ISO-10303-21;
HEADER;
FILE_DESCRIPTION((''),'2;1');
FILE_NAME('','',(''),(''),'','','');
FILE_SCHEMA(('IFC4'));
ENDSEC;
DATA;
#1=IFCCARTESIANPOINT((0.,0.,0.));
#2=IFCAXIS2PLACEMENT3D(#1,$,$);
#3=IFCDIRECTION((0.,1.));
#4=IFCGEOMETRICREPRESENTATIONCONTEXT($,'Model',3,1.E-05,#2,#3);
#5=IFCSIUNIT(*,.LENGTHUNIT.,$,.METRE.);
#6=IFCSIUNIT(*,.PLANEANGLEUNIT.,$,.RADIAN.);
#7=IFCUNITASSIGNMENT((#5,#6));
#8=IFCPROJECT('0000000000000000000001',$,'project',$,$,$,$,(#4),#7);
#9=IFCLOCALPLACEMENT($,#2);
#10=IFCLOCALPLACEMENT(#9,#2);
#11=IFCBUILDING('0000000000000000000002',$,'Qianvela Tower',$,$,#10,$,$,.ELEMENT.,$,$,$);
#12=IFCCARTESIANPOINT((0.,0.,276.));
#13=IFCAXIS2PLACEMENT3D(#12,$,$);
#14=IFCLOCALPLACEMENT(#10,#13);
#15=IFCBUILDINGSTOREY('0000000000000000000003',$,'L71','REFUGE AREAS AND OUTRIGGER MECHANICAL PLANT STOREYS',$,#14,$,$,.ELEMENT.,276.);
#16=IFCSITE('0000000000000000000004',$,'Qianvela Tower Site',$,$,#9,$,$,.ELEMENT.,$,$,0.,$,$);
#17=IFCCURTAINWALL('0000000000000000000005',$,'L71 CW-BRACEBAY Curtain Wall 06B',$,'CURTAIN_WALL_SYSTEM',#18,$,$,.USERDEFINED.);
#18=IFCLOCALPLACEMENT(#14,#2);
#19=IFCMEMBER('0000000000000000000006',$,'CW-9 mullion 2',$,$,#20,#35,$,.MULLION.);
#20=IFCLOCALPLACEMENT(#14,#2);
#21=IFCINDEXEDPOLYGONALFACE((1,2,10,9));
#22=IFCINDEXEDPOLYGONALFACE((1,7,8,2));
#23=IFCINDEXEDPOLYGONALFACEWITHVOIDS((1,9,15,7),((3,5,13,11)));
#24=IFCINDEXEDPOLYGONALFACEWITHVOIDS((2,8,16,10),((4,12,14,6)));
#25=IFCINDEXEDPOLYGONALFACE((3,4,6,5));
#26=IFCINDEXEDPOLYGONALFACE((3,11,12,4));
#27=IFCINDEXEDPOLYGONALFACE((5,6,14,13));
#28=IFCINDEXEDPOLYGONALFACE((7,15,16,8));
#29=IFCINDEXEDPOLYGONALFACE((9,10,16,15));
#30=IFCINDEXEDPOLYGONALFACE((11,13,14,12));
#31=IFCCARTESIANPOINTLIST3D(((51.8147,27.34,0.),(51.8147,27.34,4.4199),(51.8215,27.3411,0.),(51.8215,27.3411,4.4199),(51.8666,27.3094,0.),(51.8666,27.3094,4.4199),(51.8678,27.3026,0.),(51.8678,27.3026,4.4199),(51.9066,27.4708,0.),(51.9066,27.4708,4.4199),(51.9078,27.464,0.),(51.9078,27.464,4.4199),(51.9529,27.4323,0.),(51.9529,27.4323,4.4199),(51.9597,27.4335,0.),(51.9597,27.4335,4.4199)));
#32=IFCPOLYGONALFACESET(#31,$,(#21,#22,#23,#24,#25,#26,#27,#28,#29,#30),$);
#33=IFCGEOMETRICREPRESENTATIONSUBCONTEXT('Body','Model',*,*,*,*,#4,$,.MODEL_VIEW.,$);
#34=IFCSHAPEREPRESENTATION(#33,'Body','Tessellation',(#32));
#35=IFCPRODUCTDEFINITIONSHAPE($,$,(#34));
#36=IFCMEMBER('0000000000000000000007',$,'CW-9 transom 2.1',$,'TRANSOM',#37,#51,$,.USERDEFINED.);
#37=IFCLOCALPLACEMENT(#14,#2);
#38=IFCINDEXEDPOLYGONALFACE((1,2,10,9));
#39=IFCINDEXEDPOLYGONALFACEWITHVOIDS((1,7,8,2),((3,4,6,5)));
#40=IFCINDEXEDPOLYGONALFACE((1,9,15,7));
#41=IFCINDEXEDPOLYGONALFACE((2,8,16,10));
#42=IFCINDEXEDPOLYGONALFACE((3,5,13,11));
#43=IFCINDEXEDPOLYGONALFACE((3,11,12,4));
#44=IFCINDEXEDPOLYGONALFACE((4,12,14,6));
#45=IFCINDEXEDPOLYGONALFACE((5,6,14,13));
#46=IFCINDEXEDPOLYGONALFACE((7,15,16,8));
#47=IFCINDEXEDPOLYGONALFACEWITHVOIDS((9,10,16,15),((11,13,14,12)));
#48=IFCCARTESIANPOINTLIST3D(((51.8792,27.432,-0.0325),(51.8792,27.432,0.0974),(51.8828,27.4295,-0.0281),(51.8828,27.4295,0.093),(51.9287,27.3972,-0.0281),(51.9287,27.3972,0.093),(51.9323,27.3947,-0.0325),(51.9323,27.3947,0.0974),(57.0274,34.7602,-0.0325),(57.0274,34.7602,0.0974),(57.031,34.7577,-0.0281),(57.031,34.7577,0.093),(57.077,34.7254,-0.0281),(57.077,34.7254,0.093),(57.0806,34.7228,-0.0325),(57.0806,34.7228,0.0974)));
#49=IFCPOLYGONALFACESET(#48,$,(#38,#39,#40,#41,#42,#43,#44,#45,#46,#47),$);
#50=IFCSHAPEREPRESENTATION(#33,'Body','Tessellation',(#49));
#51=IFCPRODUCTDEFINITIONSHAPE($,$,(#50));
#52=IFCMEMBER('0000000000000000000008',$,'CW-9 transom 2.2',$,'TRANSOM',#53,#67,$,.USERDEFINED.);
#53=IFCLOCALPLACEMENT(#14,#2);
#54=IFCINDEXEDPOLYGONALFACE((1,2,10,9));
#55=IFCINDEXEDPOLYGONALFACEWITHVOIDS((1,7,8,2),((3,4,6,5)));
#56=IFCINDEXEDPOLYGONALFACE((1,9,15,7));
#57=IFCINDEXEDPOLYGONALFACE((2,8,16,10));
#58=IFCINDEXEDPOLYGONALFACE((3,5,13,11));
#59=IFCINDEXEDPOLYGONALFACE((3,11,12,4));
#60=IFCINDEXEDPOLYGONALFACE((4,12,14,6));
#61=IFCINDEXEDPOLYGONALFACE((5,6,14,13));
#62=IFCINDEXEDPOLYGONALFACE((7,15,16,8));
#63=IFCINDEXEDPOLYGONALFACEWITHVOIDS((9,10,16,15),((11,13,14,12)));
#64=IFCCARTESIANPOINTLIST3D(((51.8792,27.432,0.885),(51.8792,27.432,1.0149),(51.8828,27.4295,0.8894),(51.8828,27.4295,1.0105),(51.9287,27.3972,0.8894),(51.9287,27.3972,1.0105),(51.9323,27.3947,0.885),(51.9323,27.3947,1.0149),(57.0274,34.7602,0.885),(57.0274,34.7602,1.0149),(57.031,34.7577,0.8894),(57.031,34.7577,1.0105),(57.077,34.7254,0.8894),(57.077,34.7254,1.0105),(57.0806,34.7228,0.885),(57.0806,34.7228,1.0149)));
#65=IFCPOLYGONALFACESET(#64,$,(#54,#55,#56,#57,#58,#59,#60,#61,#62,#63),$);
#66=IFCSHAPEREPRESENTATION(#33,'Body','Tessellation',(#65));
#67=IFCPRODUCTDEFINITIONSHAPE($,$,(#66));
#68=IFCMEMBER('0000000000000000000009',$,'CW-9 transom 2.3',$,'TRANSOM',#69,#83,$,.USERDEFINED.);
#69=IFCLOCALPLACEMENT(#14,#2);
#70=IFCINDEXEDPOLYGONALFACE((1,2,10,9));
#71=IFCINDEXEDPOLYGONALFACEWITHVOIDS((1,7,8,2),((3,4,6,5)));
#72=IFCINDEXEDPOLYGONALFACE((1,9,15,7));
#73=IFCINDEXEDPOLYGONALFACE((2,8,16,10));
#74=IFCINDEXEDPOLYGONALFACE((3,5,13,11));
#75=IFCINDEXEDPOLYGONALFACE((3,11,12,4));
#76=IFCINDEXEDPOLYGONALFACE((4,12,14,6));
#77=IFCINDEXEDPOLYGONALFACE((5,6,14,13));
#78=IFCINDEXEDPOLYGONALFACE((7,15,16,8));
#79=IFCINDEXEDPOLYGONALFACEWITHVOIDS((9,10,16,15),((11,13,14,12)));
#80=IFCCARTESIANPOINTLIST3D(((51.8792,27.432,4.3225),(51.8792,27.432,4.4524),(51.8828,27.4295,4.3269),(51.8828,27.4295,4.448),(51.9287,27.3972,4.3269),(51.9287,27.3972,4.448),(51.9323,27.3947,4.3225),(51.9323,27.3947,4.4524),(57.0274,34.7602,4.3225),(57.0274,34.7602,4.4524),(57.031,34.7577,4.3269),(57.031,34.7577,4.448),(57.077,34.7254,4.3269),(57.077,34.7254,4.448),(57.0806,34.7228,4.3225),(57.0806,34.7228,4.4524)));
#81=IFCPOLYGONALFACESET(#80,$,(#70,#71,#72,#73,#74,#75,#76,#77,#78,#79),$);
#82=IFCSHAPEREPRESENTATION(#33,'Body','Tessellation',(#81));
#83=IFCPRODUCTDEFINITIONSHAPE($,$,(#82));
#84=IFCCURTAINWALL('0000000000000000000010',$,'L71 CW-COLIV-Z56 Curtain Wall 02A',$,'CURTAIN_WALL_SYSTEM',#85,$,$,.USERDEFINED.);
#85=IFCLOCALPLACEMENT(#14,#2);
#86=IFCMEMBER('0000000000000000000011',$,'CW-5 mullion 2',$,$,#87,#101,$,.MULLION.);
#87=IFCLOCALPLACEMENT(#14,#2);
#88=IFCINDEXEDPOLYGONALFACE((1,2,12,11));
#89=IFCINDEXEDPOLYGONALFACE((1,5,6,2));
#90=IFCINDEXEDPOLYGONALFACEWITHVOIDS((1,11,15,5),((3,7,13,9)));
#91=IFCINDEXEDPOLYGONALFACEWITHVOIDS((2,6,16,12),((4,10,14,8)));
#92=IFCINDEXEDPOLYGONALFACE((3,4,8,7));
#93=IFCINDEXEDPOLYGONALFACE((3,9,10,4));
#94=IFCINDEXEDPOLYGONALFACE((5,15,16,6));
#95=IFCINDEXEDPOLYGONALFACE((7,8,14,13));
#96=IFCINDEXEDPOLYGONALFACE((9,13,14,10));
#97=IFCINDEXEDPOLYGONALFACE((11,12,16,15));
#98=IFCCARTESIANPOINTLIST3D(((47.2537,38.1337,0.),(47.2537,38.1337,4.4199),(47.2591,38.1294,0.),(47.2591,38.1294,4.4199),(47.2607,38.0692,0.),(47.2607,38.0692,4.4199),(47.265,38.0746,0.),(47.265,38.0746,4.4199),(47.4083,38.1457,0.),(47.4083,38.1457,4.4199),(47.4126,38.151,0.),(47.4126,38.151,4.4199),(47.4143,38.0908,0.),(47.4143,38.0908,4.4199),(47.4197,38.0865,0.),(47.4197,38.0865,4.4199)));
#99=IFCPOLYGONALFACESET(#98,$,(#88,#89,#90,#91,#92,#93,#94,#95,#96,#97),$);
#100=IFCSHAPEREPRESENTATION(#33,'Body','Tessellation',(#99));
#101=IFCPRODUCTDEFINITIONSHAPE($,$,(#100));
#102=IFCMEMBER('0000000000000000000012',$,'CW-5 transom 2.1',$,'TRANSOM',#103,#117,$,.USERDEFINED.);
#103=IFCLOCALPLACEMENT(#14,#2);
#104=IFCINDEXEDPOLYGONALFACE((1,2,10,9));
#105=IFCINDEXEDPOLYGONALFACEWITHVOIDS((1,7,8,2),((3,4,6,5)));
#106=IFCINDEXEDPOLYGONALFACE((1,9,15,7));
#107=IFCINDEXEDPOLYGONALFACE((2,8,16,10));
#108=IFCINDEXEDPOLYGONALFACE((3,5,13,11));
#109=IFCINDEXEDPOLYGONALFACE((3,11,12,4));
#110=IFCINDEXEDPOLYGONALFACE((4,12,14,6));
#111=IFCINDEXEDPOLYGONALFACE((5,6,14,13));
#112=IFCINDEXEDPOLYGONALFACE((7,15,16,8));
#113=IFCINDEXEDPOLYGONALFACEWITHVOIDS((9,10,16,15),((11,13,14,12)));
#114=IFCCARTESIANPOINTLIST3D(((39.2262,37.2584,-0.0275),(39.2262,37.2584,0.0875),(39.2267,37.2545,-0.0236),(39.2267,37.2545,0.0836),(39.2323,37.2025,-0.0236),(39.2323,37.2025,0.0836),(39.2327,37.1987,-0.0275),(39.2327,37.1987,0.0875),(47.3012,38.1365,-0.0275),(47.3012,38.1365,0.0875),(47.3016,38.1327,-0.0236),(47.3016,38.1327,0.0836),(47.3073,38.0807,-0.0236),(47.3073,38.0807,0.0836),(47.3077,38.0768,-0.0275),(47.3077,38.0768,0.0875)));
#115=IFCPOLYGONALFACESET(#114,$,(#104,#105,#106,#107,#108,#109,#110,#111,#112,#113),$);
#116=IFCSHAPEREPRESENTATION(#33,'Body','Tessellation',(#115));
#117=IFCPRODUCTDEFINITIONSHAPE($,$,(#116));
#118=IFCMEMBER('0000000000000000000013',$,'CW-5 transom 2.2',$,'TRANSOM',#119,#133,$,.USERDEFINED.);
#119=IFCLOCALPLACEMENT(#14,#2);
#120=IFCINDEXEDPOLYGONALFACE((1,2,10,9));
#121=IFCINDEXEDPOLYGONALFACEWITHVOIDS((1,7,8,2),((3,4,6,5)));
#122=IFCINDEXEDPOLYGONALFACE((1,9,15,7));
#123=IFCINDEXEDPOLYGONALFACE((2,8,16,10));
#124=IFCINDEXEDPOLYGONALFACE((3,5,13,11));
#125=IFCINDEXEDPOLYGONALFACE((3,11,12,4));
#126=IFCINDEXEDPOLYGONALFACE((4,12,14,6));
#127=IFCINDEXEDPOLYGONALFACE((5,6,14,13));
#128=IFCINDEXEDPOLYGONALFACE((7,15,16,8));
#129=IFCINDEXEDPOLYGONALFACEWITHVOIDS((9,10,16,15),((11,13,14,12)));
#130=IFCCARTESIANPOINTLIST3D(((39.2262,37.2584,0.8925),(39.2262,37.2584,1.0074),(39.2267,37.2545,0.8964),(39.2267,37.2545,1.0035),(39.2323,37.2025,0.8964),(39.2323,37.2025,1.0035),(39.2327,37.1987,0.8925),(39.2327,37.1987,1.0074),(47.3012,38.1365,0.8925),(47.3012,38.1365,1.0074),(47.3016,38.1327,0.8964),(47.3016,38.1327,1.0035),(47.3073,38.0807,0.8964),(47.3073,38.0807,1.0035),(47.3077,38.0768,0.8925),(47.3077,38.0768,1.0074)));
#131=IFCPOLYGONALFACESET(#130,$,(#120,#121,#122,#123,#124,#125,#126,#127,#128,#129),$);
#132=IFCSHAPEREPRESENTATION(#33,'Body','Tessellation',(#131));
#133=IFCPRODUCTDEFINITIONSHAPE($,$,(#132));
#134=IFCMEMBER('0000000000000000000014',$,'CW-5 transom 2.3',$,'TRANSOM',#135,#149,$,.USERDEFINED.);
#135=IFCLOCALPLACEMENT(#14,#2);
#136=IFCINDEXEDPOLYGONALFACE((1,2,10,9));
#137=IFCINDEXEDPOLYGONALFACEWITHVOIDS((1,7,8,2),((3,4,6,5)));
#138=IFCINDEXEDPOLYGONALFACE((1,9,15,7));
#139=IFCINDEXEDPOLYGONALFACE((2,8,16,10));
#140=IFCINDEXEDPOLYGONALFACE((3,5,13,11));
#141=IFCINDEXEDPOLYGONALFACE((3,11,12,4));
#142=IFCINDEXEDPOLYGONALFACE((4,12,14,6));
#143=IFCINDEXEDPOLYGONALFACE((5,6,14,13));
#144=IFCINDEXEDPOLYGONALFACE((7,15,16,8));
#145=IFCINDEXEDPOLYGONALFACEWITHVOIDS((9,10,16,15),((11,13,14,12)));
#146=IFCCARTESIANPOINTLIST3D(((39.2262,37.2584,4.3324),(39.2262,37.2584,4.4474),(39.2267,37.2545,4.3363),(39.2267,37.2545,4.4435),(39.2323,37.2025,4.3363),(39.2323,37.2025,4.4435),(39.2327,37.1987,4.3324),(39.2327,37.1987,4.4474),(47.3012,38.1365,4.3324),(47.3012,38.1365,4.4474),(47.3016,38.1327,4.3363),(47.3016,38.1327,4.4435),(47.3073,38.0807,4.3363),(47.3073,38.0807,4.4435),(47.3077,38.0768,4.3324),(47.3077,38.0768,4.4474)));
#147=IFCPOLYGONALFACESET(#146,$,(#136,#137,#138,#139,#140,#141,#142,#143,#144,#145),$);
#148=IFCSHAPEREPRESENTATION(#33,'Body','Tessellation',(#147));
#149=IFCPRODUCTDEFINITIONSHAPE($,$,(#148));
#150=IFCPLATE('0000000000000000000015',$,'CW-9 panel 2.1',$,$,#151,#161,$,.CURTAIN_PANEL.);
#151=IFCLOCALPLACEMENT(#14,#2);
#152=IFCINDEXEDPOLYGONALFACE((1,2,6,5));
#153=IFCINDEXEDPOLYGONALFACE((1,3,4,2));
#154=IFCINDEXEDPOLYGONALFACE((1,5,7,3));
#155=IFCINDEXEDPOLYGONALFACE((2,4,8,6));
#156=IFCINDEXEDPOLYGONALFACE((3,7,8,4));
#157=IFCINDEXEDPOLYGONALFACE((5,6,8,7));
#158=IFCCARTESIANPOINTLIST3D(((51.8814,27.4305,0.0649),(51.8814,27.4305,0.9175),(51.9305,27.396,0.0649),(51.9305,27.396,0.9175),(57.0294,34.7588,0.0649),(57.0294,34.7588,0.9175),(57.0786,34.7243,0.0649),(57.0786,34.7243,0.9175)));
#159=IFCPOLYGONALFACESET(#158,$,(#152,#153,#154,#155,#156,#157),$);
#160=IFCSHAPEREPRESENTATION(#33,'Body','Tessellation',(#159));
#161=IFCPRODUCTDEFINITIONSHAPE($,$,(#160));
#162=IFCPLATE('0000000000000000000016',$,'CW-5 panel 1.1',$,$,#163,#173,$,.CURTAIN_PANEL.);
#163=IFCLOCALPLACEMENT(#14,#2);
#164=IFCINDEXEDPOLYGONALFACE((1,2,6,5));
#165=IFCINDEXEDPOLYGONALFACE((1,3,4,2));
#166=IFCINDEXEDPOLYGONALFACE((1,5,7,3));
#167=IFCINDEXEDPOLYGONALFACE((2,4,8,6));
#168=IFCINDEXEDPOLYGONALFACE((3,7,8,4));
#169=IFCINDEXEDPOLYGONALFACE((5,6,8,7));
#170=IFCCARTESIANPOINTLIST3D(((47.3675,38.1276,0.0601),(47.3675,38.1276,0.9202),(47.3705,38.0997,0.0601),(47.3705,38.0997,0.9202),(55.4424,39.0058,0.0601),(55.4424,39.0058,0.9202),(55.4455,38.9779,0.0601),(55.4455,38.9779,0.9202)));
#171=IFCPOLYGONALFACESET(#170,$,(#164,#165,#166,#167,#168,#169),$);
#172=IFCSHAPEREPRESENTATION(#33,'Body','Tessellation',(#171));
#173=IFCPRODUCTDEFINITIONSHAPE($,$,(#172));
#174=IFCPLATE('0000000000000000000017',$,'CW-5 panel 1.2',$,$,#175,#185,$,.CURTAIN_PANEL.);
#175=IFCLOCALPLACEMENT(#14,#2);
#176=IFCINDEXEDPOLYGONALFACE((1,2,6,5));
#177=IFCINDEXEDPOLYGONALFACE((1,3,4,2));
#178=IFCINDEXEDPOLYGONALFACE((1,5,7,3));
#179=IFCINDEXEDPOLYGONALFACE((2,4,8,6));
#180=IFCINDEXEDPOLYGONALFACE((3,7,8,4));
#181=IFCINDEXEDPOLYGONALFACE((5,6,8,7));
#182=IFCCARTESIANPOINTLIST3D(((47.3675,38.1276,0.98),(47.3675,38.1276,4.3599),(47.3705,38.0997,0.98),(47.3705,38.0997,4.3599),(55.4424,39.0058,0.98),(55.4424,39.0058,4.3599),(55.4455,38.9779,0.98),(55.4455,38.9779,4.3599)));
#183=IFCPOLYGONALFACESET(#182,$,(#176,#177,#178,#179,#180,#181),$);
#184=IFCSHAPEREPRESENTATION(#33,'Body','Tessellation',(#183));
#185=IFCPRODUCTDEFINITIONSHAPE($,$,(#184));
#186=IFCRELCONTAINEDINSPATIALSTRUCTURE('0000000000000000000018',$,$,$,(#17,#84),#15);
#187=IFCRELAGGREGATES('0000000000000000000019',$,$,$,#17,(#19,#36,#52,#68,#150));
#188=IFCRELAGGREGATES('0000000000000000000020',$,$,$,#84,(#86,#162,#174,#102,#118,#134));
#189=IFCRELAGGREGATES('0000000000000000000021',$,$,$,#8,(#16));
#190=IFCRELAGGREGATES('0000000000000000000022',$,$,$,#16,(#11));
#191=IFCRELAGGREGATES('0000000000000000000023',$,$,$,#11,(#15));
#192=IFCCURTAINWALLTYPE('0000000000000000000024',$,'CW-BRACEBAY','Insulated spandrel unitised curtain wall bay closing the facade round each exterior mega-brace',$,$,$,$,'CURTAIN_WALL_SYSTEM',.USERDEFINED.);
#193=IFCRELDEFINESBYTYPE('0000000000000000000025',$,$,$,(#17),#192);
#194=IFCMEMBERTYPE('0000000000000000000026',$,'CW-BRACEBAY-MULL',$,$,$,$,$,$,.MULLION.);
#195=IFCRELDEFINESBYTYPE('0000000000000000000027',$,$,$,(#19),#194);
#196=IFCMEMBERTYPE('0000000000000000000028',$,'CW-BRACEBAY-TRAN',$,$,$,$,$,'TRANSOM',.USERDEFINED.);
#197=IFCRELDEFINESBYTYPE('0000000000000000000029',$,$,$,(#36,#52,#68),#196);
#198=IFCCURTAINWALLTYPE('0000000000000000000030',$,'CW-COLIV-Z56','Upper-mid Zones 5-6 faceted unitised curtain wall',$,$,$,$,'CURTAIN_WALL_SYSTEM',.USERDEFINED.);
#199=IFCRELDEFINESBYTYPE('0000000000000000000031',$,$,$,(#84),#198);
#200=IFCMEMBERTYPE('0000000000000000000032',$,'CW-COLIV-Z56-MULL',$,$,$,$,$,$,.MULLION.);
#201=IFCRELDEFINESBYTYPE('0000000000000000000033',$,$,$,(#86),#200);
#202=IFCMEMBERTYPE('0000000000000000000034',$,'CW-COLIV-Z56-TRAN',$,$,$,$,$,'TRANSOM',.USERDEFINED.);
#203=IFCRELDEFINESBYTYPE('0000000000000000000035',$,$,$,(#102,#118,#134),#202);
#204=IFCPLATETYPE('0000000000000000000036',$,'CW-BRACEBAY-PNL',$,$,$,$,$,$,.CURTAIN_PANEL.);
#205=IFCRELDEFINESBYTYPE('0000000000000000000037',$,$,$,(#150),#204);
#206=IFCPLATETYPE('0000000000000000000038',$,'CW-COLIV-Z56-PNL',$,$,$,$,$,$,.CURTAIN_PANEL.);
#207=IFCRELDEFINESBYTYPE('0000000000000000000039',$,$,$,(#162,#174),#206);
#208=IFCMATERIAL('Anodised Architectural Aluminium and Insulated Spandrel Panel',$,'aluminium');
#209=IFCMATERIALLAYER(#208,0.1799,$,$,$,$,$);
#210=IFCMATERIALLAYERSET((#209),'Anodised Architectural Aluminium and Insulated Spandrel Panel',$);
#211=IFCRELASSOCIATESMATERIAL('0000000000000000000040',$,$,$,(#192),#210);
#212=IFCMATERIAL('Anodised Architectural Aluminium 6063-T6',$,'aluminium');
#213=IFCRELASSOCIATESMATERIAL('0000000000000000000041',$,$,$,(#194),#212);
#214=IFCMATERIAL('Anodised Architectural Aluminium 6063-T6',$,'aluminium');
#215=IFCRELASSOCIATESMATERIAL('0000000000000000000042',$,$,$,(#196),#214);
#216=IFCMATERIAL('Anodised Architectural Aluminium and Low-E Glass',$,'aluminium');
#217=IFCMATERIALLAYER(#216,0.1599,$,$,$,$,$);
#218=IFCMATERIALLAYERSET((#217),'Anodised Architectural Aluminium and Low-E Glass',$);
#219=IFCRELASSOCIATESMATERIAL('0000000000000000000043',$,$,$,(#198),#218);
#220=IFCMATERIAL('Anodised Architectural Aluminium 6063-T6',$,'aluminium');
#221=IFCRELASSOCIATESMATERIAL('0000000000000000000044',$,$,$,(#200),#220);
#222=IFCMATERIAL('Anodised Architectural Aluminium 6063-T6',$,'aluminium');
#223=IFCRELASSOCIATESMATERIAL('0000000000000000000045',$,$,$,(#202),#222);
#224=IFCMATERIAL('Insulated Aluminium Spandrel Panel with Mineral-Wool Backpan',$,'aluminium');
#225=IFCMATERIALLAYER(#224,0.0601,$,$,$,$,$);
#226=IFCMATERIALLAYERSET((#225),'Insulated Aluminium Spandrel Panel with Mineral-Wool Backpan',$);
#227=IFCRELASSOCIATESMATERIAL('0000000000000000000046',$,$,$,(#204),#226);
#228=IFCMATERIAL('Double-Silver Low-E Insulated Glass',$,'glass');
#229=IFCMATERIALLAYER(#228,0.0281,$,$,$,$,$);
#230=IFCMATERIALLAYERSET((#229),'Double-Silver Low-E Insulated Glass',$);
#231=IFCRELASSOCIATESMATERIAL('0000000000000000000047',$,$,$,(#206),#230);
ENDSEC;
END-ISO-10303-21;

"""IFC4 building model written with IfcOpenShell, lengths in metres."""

from ifc_helpers import new_model, si_unit, direction, frame, origin, origin_2d, place, context, subcontext, project, spatial, rectangle, hollow_rectangle, extrude, material, layer, layer_set, material_profile, profile_set, type_object, element, aggregate, save


model = new_model("IFC4")

# Units and contexts
model_context = context("Model", 3, precision=1e-05, world=origin(), true_north=direction((0.0, 1.0)))
body_context = subcontext(model_context, "Body", "Model", "MODEL_VIEW")
ifc_project = project(units=[si_unit("LENGTHUNIT", "METRE"), si_unit("PLANEANGLEUNIT", "RADIAN")], contexts=[model_context])

# Site, building, storey
site_placement = place(None, origin())
site = spatial("IfcSite", under=ifc_project, at=site_placement, Name="Qianvela Tower Site", CompositionType="ELEMENT", RefElevation=0.0)
building_placement = place(site_placement, origin())
building = spatial("IfcBuilding", under=site, at=building_placement, Name="Qianvela Tower", CompositionType="ELEMENT")
storey_placement = place(building_placement, frame((0.0, 0.0, 276.0)))
storey = spatial("IfcBuildingStorey", under=building, at=storey_placement, Name="L71", Description="REFUGE AREAS AND OUTRIGGER MECHANICAL PLANT STOREYS", CompositionType="ELEMENT", Elevation=276.0)

# Curtain walls, members
ifc_material_1 = material(Name="Anodised Architectural Aluminium and Insulated Spandrel Panel", Category="aluminium")
ifc_layer_1 = layer(ifc_material_1, 0.1799)
ifc_layer_set_1 = layer_set([ifc_layer_1], Name="Anodised Architectural Aluminium and Insulated Spandrel Panel")
curtain_wall_type_1 = type_object("IfcCurtainWallType", Name="CW-BRACEBAY", Description="Insulated spandrel unitised curtain wall bay closing the facade round each exterior mega-brace", ElementType="CURTAIN_WALL_SYSTEM", PredefinedType="USERDEFINED", material=ifc_layer_set_1)
curtain_wall_1_placement = place(storey_placement, origin())
curtain_wall_1 = element("IfcCurtainWall", 1, at=curtain_wall_1_placement, inside=storey, type_object=curtain_wall_type_1, Name="L71 CW-BRACEBAY Curtain Wall 06B", ObjectType="CURTAIN_WALL_SYSTEM", PredefinedType="USERDEFINED")
ifc_material_2 = material(Name="Anodised Architectural Aluminium 6063-T6", Category="aluminium")
ifc_material_profile_1 = material_profile(ifc_material_2, hollow_rectangle(XDim=0.0649, YDim=0.1599, WallThickness=0.0049, at=origin_2d()), Name="ALU-MULL-65x160")
ifc_profile_set_1 = profile_set([ifc_material_profile_1], Name="Anodised Architectural Aluminium 6063-T6")
member_type_1 = type_object("IfcMemberType", Name="CW-BRACEBAY-MULL", PredefinedType="MULLION", material=ifc_profile_set_1)
member_1_placement = place(storey_placement, frame((51.8872, 27.3867, 0.0), z_axis=(0.0, 0.0, 1.0), x_axis=(-0.818278, 0.574823, 0.0)))
member_1 = element("IfcMember", 2, at=member_1_placement, type_object=member_type_1, Name="CW-9 mullion 2", PredefinedType="MULLION", context=body_context, shape_type="SweptSolid", body=[
    extrude(hollow_rectangle(XDim=0.0649, YDim=0.1599, WallThickness=0.0049, at=origin_2d()), origin(), (0.0, 0.0, 1.0), 4.4199),
])
ifc_material_3 = material(Name="Anodised Architectural Aluminium 6063-T6", Category="aluminium")
ifc_material_profile_2 = material_profile(ifc_material_3, hollow_rectangle(XDim=0.0649, YDim=0.1299, WallThickness=0.0044, at=origin_2d()), Name="ALU-TRAN-65x130")
ifc_profile_set_2 = profile_set([ifc_material_profile_2], Name="Anodised Architectural Aluminium 6063-T6")
member_type_2 = type_object("IfcMemberType", Name="CW-BRACEBAY-TRAN", ElementType="TRANSOM", PredefinedType="USERDEFINED", material=ifc_profile_set_2)
member_2_placement = place(storey_placement, frame((51.9058, 27.4133, 0.0325), z_axis=(0.574848, 0.81826, 0.0), x_axis=(-0.81826, 0.574848, 0.0)))
member_2 = element("IfcMember", 3, at=member_2_placement, type_object=member_type_2, Name="CW-9 transom 2.1", ObjectType="TRANSOM", PredefinedType="USERDEFINED", context=body_context, shape_type="SweptSolid", body=[
    extrude(hollow_rectangle(XDim=0.0649, YDim=0.1299, WallThickness=0.0044, at=origin_2d()), origin(), (0.0, 0.0, 1.0), 8.9558),
])
member_3_placement = place(storey_placement, frame((51.9058, 27.4133, 0.95), z_axis=(0.574848, 0.81826, 0.0), x_axis=(-0.81826, 0.574848, 0.0)))
member_3 = element("IfcMember", 4, at=member_3_placement, type_object=member_type_2, Name="CW-9 transom 2.2", ObjectType="TRANSOM", PredefinedType="USERDEFINED", context=body_context, shape_type="SweptSolid", body=[
    extrude(hollow_rectangle(XDim=0.0649, YDim=0.1299, WallThickness=0.0044, at=origin_2d()), origin(), (0.0, 0.0, 1.0), 8.9558),
])
member_4_placement = place(storey_placement, frame((51.9058, 27.4133, 4.3875), z_axis=(0.574848, 0.81826, 0.0), x_axis=(-0.81826, 0.574848, 0.0)))
member_4 = element("IfcMember", 5, at=member_4_placement, type_object=member_type_2, Name="CW-9 transom 2.3", ObjectType="TRANSOM", PredefinedType="USERDEFINED", context=body_context, shape_type="SweptSolid", body=[
    extrude(hollow_rectangle(XDim=0.0649, YDim=0.1299, WallThickness=0.0044, at=origin_2d()), origin(), (0.0, 0.0, 1.0), 8.9558),
])
ifc_material_4 = material(Name="Anodised Architectural Aluminium and Low-E Glass", Category="aluminium")
ifc_layer_2 = layer(ifc_material_4, 0.1599)
ifc_layer_set_2 = layer_set([ifc_layer_2], Name="Anodised Architectural Aluminium and Low-E Glass")
curtain_wall_type_2 = type_object("IfcCurtainWallType", Name="CW-COLIV-Z56", Description="Upper-mid Zones 5-6 faceted unitised curtain wall", ElementType="CURTAIN_WALL_SYSTEM", PredefinedType="USERDEFINED", material=ifc_layer_set_2)
curtain_wall_2_placement = place(storey_placement, origin())
curtain_wall_2 = element("IfcCurtainWall", 6, at=curtain_wall_2_placement, inside=storey, type_object=curtain_wall_type_2, Name="L71 CW-COLIV-Z56 Curtain Wall 02A", ObjectType="CURTAIN_WALL_SYSTEM", PredefinedType="USERDEFINED")
ifc_material_5 = material(Name="Anodised Architectural Aluminium 6063-T6", Category="aluminium")
ifc_material_profile_3 = material_profile(ifc_material_5, hollow_rectangle(XDim=0.0649, YDim=0.1599, WallThickness=0.0049, at=origin_2d()), Name="ALU-MULL-65x160")
ifc_profile_set_3 = profile_set([ifc_material_profile_3], Name="Anodised Architectural Aluminium 6063-T6")
member_type_3 = type_object("IfcMemberType", Name="CW-COLIV-Z56-MULL", PredefinedType="MULLION", material=ifc_profile_set_3)
member_5_placement = place(storey_placement, frame((47.3367, 38.1101, 0.0), z_axis=(0.0, 0.0, 1.0), x_axis=(0.108121, -0.994138, 0.0)))
member_5 = element("IfcMember", 7, at=member_5_placement, type_object=member_type_3, Name="CW-5 mullion 2", PredefinedType="MULLION", context=body_context, shape_type="SweptSolid", body=[
    extrude(hollow_rectangle(XDim=0.0649, YDim=0.1599, WallThickness=0.0049, at=origin_2d()), origin(), (0.0, 0.0, 1.0), 4.4199),
])
ifc_material_6 = material(Name="Anodised Architectural Aluminium 6063-T6", Category="aluminium")
ifc_material_profile_4 = material_profile(ifc_material_6, hollow_rectangle(XDim=0.0601, YDim=0.115, WallThickness=0.0039, at=origin_2d()), Name="ALU-TRAN-60x115")
ifc_profile_set_4 = profile_set([ifc_material_profile_4], Name="Anodised Architectural Aluminium 6063-T6")
member_type_4 = type_object("IfcMemberType", Name="CW-COLIV-Z56-TRAN", ElementType="TRANSOM", PredefinedType="USERDEFINED", material=ifc_profile_set_4)
member_6_placement = place(storey_placement, frame((47.3044, 38.1067, 0.03), z_axis=(-0.994138, -0.108115, 0.0), x_axis=(0.108115, -0.994138, 0.0)))
member_6 = element("IfcMember", 8, at=member_6_placement, type_object=member_type_4, Name="CW-5 transom 2.1", ObjectType="TRANSOM", PredefinedType="USERDEFINED", context=body_context, shape_type="SweptSolid", body=[
    extrude(hollow_rectangle(XDim=0.0601, YDim=0.115, WallThickness=0.0039, at=origin_2d()), origin(), (0.0, 0.0, 1.0), 8.1226),
])
member_7_placement = place(storey_placement, frame((47.3044, 38.1067, 0.95), z_axis=(-0.994138, -0.108115, 0.0), x_axis=(0.108115, -0.994138, 0.0)))
member_7 = element("IfcMember", 9, at=member_7_placement, type_object=member_type_4, Name="CW-5 transom 2.2", ObjectType="TRANSOM", PredefinedType="USERDEFINED", context=body_context, shape_type="SweptSolid", body=[
    extrude(hollow_rectangle(XDim=0.0601, YDim=0.115, WallThickness=0.0039, at=origin_2d()), origin(), (0.0, 0.0, 1.0), 8.1226),
])
member_8_placement = place(storey_placement, frame((47.3044, 38.1067, 4.3899), z_axis=(-0.994138, -0.108115, 0.0), x_axis=(0.108115, -0.994138, 0.0)))
member_8 = element("IfcMember", 10, at=member_8_placement, type_object=member_type_4, Name="CW-5 transom 2.3", ObjectType="TRANSOM", PredefinedType="USERDEFINED", context=body_context, shape_type="SweptSolid", body=[
    extrude(hollow_rectangle(XDim=0.0601, YDim=0.115, WallThickness=0.0039, at=origin_2d()), origin(), (0.0, 0.0, 1.0), 8.1226),
])

# Plates
ifc_material_7 = material(Name="Insulated Aluminium Spandrel Panel with Mineral-Wool Backpan", Category="aluminium")
ifc_layer_3 = layer(ifc_material_7, 0.0601)
ifc_layer_set_3 = layer_set([ifc_layer_3], Name="Insulated Aluminium Spandrel Panel with Mineral-Wool Backpan")
plate_type_1 = type_object("IfcPlateType", Name="CW-BRACEBAY-PNL", PredefinedType="CURTAIN_PANEL", material=ifc_layer_set_3)
plate_1_placement = place(storey_placement, frame((54.48, 31.0774, 0.0649), z_axis=(0.0, 0.0, 1.0), x_axis=(0.574823, 0.818278, 0.0)))
plate_1 = element("IfcPlate", 11, at=plate_1_placement, type_object=plate_type_1, Name="CW-9 panel 2.1", PredefinedType="CURTAIN_PANEL", context=body_context, shape_type="SweptSolid", body=[
    extrude(rectangle(XDim=8.9558, YDim=0.0601, at=origin_2d()), origin(), (0.0, 0.0, 1.0), 0.8525),
])
aggregate(curtain_wall_1, [member_1, member_2, member_3, member_4, plate_1])
ifc_material_8 = material(Name="Double-Silver Low-E Insulated Glass", Category="glass")
ifc_layer_4 = layer(ifc_material_8, 0.0281)
ifc_layer_set_4 = layer_set([ifc_layer_4], Name="Double-Silver Low-E Insulated Glass")
plate_type_2 = type_object("IfcPlateType", Name="CW-COLIV-Z56-PNL", PredefinedType="CURTAIN_PANEL", material=ifc_layer_set_4)
plate_2_placement = place(storey_placement, frame((51.4065, 38.5527, 0.0601), z_axis=(0.0, 0.0, 1.0), x_axis=(-0.994138, -0.108121, 0.0)))
plate_2 = element("IfcPlate", 12, at=plate_2_placement, type_object=plate_type_2, Name="CW-5 panel 1.1", PredefinedType="CURTAIN_PANEL", context=body_context, shape_type="SweptSolid", body=[
    extrude(rectangle(XDim=8.1226, YDim=0.0281, at=origin_2d()), origin(), (0.0, 0.0, 1.0), 0.8601),
])
plate_3_placement = place(storey_placement, frame((51.4065, 38.5527, 0.98), z_axis=(0.0, 0.0, 1.0), x_axis=(-0.994138, -0.108121, 0.0)))
plate_3 = element("IfcPlate", 13, at=plate_3_placement, type_object=plate_type_2, Name="CW-5 panel 1.2", PredefinedType="CURTAIN_PANEL", context=body_context, shape_type="SweptSolid", body=[
    extrude(rectangle(XDim=8.1226, YDim=0.0281, at=origin_2d()), origin(), (0.0, 0.0, 1.0), 3.3799),
])
aggregate(curtain_wall_2, [member_5, plate_2, plate_3, member_6, member_7, member_8])

save(model, "model.ifc")
